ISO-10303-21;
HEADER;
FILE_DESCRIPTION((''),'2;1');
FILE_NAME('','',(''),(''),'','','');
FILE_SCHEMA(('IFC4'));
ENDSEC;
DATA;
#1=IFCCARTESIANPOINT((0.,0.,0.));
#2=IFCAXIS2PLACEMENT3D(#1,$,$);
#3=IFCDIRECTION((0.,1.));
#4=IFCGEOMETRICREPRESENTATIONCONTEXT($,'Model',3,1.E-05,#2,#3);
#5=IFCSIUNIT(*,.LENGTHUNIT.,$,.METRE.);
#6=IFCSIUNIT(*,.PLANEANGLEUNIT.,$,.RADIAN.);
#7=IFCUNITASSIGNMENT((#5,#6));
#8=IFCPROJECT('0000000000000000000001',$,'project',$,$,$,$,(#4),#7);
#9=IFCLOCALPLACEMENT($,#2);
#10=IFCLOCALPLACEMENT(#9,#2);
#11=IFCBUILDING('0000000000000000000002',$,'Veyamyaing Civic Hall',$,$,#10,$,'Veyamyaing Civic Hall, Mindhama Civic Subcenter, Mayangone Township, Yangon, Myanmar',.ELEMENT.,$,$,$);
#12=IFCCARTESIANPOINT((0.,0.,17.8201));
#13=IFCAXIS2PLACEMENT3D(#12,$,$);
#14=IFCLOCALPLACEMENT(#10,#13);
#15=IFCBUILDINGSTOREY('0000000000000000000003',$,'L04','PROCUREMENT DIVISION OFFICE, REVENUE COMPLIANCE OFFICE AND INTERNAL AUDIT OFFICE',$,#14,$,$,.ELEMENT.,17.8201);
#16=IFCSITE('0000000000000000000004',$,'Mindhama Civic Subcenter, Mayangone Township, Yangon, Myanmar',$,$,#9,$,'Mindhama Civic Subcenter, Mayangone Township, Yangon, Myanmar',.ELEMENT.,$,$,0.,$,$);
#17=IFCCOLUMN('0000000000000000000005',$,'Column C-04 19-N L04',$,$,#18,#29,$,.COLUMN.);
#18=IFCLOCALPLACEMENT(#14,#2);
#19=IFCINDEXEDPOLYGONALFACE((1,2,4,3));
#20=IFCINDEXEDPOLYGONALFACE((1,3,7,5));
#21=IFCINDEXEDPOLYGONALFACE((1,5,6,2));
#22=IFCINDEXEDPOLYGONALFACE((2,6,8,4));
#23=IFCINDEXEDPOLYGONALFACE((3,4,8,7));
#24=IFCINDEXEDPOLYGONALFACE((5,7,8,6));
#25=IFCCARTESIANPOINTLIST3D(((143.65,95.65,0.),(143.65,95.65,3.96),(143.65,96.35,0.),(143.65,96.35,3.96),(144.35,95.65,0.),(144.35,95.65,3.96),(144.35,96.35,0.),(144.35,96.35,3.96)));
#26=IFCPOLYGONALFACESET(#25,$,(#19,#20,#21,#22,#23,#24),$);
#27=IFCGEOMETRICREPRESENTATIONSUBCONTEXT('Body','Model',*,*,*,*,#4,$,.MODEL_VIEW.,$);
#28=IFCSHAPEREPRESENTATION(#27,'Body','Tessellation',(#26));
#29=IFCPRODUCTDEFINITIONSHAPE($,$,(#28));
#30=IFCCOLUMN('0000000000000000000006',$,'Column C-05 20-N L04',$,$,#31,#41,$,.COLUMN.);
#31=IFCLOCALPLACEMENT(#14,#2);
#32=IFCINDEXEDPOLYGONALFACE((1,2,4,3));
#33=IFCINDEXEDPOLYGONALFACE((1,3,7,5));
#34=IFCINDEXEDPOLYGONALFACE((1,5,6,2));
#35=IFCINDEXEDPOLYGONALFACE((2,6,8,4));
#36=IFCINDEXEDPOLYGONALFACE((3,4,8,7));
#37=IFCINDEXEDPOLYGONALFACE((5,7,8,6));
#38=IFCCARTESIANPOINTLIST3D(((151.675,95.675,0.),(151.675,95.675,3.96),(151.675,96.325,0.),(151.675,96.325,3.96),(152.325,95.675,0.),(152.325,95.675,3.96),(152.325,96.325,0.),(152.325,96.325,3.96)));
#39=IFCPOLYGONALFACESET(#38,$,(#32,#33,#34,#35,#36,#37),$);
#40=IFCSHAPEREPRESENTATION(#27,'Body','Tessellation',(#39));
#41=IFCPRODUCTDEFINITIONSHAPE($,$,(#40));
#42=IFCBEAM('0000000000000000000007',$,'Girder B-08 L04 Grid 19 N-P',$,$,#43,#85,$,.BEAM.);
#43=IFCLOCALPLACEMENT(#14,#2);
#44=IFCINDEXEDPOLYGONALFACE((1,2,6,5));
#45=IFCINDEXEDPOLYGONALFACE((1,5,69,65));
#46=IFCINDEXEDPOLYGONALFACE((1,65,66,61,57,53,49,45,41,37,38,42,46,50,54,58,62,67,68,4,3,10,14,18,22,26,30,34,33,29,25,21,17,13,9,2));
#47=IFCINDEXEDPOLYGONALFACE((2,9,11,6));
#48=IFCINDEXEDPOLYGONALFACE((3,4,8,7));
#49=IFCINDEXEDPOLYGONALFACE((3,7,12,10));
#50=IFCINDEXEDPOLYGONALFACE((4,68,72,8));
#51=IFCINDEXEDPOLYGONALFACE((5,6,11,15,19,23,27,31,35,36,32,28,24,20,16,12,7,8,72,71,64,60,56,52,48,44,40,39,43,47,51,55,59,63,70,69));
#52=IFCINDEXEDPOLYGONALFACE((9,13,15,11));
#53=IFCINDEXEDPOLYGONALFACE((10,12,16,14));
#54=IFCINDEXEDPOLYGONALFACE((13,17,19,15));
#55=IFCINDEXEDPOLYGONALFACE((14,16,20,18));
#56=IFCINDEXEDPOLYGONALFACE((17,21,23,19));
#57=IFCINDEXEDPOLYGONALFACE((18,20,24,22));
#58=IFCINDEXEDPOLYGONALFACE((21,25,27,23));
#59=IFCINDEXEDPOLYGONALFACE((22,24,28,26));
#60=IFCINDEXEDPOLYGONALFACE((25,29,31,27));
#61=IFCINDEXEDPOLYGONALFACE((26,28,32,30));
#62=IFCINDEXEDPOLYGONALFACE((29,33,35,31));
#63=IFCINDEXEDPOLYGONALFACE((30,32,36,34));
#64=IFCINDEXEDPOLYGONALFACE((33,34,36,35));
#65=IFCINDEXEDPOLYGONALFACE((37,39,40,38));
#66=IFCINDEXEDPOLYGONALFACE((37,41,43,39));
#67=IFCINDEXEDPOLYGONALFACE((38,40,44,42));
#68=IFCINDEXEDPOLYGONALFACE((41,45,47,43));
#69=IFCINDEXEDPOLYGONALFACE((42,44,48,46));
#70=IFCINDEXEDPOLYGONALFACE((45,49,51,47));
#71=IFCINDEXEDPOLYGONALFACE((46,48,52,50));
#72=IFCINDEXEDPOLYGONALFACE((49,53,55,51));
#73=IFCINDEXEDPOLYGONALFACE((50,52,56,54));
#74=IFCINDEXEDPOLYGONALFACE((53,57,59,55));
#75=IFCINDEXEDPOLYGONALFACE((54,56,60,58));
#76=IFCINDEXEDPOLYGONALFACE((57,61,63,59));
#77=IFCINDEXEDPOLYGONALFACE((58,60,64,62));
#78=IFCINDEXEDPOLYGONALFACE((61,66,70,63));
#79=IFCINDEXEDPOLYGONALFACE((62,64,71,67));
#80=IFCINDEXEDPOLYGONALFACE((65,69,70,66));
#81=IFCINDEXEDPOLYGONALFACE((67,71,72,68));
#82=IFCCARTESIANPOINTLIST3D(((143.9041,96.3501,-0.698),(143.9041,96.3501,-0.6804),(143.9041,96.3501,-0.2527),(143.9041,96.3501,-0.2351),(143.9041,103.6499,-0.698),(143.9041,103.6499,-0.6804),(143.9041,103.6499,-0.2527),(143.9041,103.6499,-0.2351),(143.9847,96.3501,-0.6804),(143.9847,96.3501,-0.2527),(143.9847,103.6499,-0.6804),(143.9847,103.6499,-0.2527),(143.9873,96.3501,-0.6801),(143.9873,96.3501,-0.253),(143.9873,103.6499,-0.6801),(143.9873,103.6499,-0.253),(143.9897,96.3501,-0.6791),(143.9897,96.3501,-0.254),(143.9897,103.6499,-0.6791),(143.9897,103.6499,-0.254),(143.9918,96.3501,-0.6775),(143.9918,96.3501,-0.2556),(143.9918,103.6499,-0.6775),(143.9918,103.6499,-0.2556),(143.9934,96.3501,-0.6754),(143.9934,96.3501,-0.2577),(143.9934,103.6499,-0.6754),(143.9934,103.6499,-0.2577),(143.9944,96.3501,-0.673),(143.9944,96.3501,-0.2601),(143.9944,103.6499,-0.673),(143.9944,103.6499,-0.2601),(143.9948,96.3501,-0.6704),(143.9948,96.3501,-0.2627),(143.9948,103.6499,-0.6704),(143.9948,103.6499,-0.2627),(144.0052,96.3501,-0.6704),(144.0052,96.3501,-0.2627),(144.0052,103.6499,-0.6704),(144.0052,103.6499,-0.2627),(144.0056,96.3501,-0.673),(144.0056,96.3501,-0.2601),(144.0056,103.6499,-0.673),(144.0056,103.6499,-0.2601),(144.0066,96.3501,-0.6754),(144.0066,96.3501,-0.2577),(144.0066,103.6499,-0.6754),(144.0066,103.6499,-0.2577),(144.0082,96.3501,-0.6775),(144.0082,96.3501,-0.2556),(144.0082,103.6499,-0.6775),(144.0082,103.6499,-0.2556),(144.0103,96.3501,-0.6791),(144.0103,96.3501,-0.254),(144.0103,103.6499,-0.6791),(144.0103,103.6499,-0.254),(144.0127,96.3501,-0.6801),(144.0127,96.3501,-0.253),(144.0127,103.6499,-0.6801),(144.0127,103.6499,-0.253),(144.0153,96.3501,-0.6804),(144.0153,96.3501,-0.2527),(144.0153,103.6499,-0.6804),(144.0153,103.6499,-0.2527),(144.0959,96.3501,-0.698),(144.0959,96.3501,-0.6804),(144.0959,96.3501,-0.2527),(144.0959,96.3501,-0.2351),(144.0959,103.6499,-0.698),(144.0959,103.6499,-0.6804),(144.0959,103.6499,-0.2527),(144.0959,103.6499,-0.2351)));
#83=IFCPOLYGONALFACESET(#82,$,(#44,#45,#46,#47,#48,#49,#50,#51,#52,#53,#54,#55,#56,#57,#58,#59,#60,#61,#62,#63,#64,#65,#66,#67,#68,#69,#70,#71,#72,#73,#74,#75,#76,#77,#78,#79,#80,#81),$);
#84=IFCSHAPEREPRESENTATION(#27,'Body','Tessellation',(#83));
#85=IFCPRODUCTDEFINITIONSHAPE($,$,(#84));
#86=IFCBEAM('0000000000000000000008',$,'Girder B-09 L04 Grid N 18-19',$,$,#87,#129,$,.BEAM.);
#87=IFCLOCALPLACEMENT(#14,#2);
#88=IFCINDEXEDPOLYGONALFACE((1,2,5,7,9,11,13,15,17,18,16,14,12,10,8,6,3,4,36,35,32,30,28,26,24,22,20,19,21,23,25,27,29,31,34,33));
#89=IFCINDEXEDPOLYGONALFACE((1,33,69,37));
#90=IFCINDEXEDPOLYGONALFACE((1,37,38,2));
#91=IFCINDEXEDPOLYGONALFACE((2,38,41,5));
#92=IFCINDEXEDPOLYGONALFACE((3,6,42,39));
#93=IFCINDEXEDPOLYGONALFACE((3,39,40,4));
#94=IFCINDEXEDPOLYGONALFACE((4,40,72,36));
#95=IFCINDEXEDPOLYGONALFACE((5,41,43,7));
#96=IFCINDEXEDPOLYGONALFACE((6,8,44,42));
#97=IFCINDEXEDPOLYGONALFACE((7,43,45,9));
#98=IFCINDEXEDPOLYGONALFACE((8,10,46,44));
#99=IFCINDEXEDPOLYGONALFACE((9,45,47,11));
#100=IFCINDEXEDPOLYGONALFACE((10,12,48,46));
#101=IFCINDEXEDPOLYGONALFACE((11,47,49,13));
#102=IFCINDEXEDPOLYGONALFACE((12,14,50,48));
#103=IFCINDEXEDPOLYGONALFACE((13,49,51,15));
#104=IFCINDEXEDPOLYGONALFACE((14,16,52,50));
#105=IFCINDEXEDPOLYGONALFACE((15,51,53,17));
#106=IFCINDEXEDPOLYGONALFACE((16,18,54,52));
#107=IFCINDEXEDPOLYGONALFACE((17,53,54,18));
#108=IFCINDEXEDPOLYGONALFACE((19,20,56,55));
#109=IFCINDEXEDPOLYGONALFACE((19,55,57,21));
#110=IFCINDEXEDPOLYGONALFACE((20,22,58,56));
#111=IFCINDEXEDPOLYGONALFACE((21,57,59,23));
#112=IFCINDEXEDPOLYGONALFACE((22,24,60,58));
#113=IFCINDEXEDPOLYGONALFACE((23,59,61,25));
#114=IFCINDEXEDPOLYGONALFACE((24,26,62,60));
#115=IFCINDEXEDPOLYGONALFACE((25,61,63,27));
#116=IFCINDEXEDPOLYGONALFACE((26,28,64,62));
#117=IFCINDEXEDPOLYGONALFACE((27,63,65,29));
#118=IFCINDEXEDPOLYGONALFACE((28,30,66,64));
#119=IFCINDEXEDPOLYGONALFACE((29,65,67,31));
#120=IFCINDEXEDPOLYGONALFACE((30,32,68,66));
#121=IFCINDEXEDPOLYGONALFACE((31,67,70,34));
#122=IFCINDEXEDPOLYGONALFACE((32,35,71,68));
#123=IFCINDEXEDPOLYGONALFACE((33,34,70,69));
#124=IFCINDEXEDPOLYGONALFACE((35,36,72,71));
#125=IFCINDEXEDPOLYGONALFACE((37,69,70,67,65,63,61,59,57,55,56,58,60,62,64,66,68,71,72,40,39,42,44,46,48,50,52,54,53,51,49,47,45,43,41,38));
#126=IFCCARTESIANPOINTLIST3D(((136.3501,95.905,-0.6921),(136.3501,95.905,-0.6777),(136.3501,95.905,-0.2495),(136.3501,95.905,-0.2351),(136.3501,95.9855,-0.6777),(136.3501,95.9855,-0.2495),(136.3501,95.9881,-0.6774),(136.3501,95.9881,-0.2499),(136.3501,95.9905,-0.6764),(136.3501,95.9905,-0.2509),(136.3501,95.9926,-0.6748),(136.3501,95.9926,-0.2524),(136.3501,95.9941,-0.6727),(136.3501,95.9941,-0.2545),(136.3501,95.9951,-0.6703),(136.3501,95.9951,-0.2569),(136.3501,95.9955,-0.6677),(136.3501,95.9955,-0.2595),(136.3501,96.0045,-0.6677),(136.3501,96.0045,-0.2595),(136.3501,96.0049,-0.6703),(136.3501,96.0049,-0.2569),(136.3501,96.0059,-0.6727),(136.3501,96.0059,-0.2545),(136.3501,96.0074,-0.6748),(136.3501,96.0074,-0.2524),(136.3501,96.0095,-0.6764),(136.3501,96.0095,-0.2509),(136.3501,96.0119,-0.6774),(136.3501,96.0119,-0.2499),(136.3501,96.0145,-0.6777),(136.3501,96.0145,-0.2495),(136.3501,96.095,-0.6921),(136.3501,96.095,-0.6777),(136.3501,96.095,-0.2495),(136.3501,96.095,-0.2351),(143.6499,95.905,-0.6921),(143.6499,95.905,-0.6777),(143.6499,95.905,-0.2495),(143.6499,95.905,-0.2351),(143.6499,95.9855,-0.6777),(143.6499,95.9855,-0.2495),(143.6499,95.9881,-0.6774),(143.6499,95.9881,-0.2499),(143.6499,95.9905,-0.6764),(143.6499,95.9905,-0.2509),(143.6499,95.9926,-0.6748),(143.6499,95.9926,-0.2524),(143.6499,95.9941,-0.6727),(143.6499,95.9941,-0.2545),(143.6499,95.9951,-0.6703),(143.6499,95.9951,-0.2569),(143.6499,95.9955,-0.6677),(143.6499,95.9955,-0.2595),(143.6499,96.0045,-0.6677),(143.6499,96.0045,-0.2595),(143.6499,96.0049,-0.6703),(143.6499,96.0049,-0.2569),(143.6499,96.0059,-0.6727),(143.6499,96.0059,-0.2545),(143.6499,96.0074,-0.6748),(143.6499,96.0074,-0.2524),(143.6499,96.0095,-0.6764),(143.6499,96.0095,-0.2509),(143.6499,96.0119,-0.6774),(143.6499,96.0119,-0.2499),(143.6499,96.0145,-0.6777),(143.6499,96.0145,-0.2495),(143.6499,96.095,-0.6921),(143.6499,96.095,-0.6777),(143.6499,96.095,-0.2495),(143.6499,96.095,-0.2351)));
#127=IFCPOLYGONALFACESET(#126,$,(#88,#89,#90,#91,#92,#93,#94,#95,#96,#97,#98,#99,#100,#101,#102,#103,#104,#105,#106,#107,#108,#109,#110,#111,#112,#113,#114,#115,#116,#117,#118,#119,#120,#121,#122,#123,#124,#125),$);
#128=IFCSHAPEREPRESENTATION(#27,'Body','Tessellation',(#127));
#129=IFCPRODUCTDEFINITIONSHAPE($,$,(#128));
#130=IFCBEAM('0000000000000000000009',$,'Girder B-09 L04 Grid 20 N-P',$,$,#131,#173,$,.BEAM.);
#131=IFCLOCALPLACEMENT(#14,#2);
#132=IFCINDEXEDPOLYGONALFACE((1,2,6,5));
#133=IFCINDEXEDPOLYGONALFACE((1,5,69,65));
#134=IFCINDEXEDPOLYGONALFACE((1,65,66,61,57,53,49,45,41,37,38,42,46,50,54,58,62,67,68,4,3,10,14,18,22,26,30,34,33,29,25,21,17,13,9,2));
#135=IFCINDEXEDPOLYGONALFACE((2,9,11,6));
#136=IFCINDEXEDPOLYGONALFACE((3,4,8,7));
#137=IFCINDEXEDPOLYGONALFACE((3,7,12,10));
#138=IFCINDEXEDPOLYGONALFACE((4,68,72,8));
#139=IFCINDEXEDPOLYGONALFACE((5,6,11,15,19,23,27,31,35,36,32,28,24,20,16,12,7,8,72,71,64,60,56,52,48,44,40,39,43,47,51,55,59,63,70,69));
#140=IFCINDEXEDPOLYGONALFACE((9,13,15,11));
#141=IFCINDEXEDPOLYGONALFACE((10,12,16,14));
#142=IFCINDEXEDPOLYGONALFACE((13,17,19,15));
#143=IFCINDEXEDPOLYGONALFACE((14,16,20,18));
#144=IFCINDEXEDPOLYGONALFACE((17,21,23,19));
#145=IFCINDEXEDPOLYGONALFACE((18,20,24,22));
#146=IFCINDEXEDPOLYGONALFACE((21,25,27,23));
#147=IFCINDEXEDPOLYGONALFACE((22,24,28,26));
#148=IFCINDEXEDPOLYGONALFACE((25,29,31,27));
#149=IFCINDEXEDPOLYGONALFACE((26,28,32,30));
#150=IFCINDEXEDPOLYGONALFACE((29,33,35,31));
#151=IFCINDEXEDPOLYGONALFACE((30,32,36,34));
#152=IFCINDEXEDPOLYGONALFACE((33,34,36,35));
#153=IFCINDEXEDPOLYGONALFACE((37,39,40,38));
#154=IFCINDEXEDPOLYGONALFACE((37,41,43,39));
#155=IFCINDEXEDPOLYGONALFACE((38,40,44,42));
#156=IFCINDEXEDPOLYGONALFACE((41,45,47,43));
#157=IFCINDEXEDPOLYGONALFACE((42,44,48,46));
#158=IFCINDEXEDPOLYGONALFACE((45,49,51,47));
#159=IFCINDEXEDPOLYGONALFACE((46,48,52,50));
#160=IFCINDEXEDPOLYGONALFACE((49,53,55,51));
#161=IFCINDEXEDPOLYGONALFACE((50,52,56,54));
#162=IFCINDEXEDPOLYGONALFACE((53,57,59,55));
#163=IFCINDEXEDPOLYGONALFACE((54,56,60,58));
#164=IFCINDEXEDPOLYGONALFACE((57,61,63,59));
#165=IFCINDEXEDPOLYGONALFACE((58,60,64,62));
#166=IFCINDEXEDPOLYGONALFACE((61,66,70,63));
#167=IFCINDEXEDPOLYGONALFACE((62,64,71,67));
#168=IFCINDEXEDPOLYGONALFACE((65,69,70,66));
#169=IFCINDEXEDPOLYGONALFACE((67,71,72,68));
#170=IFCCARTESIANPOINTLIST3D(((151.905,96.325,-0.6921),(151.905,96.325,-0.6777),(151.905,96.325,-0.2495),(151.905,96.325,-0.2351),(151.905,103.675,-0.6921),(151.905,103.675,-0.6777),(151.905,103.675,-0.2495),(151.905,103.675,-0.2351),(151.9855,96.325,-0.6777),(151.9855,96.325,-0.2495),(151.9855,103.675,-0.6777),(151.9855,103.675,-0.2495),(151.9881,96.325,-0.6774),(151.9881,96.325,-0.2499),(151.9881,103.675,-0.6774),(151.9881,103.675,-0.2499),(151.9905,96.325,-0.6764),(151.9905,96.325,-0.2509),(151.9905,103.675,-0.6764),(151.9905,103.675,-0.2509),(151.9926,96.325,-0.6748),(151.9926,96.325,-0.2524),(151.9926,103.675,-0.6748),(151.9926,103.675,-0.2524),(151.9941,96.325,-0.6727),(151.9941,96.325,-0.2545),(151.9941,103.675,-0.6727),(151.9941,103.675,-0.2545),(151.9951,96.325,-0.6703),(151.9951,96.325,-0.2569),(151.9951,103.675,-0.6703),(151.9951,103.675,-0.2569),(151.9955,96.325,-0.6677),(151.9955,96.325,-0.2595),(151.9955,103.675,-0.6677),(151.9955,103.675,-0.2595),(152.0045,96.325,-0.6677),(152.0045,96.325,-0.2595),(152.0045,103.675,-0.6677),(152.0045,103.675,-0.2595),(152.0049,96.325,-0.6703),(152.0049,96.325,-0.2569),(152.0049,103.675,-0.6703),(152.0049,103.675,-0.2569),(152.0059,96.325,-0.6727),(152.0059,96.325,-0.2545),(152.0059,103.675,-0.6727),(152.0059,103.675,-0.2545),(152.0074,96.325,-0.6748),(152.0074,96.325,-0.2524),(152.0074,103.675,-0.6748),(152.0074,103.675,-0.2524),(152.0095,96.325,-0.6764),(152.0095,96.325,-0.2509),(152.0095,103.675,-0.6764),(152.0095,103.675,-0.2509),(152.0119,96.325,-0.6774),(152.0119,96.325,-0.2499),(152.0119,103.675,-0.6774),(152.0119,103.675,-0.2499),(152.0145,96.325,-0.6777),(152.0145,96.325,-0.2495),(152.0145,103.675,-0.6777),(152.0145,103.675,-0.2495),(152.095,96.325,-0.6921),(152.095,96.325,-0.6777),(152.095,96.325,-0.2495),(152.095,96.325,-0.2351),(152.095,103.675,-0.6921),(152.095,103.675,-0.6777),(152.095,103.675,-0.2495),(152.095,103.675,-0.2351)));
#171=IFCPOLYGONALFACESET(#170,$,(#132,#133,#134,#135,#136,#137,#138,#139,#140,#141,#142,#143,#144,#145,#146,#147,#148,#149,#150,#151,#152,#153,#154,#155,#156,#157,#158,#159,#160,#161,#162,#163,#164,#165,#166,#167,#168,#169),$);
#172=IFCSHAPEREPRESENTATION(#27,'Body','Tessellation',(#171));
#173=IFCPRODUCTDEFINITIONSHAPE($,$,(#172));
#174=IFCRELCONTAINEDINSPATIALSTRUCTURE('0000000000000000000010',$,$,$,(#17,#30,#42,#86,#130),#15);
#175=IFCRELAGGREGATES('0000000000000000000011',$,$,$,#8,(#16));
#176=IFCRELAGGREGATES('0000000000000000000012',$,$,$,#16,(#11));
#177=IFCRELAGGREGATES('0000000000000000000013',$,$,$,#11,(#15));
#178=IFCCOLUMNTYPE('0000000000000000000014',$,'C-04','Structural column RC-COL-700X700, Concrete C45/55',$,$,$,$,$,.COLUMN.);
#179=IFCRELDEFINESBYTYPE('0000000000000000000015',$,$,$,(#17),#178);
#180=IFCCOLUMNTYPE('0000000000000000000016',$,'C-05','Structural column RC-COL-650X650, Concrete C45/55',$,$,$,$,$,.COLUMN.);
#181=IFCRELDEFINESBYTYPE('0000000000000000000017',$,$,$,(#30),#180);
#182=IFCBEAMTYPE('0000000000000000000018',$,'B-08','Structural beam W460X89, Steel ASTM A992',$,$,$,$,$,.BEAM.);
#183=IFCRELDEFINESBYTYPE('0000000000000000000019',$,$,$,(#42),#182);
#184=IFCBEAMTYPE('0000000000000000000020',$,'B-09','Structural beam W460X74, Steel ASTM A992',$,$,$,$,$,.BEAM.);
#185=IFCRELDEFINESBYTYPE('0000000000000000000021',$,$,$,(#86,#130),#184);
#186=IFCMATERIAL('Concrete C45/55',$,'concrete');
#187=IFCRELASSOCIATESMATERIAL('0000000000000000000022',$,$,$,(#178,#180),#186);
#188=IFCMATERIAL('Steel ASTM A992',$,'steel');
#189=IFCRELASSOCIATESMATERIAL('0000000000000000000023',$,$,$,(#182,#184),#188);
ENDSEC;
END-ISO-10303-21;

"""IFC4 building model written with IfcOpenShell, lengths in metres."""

from ifc_helpers import new_model, si_unit, direction, frame, origin, origin_2d, place, context, subcontext, project, spatial, rectangle, i_section, extrude, material, material_profile, profile_set, type_object, element, save


model = new_model("IFC4")

# Units and contexts
model_context = context("Model", 3, precision=1e-05, world=origin(), true_north=direction((0.0, 1.0)))
body_context = subcontext(model_context, "Body", "Model", "MODEL_VIEW")
ifc_project = project(units=[si_unit("LENGTHUNIT", "METRE"), si_unit("PLANEANGLEUNIT", "RADIAN")], contexts=[model_context])

# Site, building, storey
site_placement = place(None, origin())
site = spatial("IfcSite", under=ifc_project, at=site_placement, Name="Mindhama Civic Subcenter, Mayangone Township, Yangon, Myanmar", LongName="Mindhama Civic Subcenter, Mayangone Township, Yangon, Myanmar", CompositionType="ELEMENT", RefElevation=0.0)
building_placement = place(site_placement, origin())
building = spatial("IfcBuilding", under=site, at=building_placement, Name="Veyamyaing Civic Hall", LongName="Veyamyaing Civic Hall, Mindhama Civic Subcenter, Mayangone Township, Yangon, Myanmar", CompositionType="ELEMENT")
storey_placement = place(building_placement, frame((0.0, 0.0, 17.8201)))
storey = spatial("IfcBuildingStorey", under=building, at=storey_placement, Name="L04", Description="PROCUREMENT DIVISION OFFICE, REVENUE COMPLIANCE OFFICE AND INTERNAL AUDIT OFFICE", CompositionType="ELEMENT", Elevation=17.8201)

# Columns
ifc_material_1 = material(Name="Concrete C45/55", Category="concrete")
ifc_material_profile_1 = material_profile(ifc_material_1, rectangle(XDim=0.7, YDim=0.7, at=origin_2d()), Name="RC-COL-700X700")
ifc_profile_set_1 = profile_set([ifc_material_profile_1], Name="Concrete C45/55")
column_type_1 = type_object("IfcColumnType", Name="C-04", Description="Structural column RC-COL-700X700, Concrete C45/55", PredefinedType="COLUMN", material=ifc_profile_set_1)
column_1_placement = place(storey_placement, frame((144.0, 96.0, 0.0), z_axis=(0.0, 0.0, 1.0), x_axis=(1.0, 0.0, 0.0)))
element("IfcColumn", 1, at=column_1_placement, inside=storey, type_object=column_type_1, Name="Column C-04 19-N L04", PredefinedType="COLUMN", context=body_context, shape_type="SweptSolid", body=[
    extrude(rectangle(XDim=0.7, YDim=0.7, at=origin_2d()), origin(), (0.0, 0.0, 1.0), 3.96),
])
ifc_material_profile_2 = material_profile(ifc_material_1, rectangle(XDim=0.6499, YDim=0.6499, at=origin_2d()), Name="RC-COL-650X650")
ifc_profile_set_2 = profile_set([ifc_material_profile_2], Name="Concrete C45/55")
column_type_2 = type_object("IfcColumnType", Name="C-05", Description="Structural column RC-COL-650X650, Concrete C45/55", PredefinedType="COLUMN", material=ifc_profile_set_2)
column_2_placement = place(storey_placement, frame((152.0, 96.0, 0.0), z_axis=(0.0, 0.0, 1.0), x_axis=(1.0, 0.0, 0.0)))
element("IfcColumn", 2, at=column_2_placement, inside=storey, type_object=column_type_2, Name="Column C-05 20-N L04", PredefinedType="COLUMN", context=body_context, shape_type="SweptSolid", body=[
    extrude(rectangle(XDim=0.6499, YDim=0.6499, at=origin_2d()), origin(), (0.0, 0.0, 1.0), 3.96),
])

# Beams
ifc_material_2 = material(Name="Steel ASTM A992", Category="steel")
ifc_material_profile_3 = material_profile(ifc_material_2, i_section(OverallWidth=0.1919, OverallDepth=0.4629, WebThickness=0.0105, FlangeThickness=0.0176, FilletRadius=0.01, at=origin_2d()), Name="W460X89")
ifc_profile_set_3 = profile_set([ifc_material_profile_3], Name="Steel ASTM A992")
beam_type_1 = type_object("IfcBeamType", Name="B-08", Description="Structural beam W460X89, Steel ASTM A992", PredefinedType="BEAM", material=ifc_profile_set_3)
beam_1_placement = place(storey_placement, frame((144.0, 96.3501, -0.4666), z_axis=(0.0, 1.0, 0.0), x_axis=(-1.0, 0.0, 0.0)))
element("IfcBeam", 3, at=beam_1_placement, inside=storey, type_object=beam_type_1, Name="Girder B-08 L04 Grid 19 N-P", PredefinedType="BEAM", context=body_context, shape_type="SweptSolid", body=[
    extrude(i_section(OverallWidth=0.1919, OverallDepth=0.4629, WebThickness=0.0105, FlangeThickness=0.0176, FilletRadius=0.01, at=origin_2d()), origin(), (0.0, 0.0, 1.0), 7.2998),
])
ifc_material_profile_4 = material_profile(ifc_material_2, i_section(OverallWidth=0.1899, OverallDepth=0.457, WebThickness=0.009, FlangeThickness=0.0144, FilletRadius=0.01, at=origin_2d()), Name="W460X74")
ifc_profile_set_4 = profile_set([ifc_material_profile_4], Name="Steel ASTM A992")
beam_type_2 = type_object("IfcBeamType", Name="B-09", Description="Structural beam W460X74, Steel ASTM A992", PredefinedType="BEAM", material=ifc_profile_set_4)
beam_2_placement = place(storey_placement, frame((136.3501, 96.0, -0.4636), z_axis=(1.0, 0.0, 0.0), x_axis=(0.0, 1.0, 0.0)))
element("IfcBeam", 4, at=beam_2_placement, inside=storey, type_object=beam_type_2, Name="Girder B-09 L04 Grid N 18-19", PredefinedType="BEAM", context=body_context, shape_type="SweptSolid", body=[
    extrude(i_section(OverallWidth=0.1899, OverallDepth=0.457, WebThickness=0.009, FlangeThickness=0.0144, FilletRadius=0.01, at=origin_2d()), origin(), (0.0, 0.0, 1.0), 7.2998),
])
beam_3_placement = place(storey_placement, frame((152.0, 96.325, -0.4636), z_axis=(0.0, 1.0, 0.0), x_axis=(-1.0, 0.0, 0.0)))
element("IfcBeam", 5, at=beam_3_placement, inside=storey, type_object=beam_type_2, Name="Girder B-09 L04 Grid 20 N-P", PredefinedType="BEAM", context=body_context, shape_type="SweptSolid", body=[
    extrude(i_section(OverallWidth=0.1899, OverallDepth=0.457, WebThickness=0.009, FlangeThickness=0.0144, FilletRadius=0.01, at=origin_2d()), origin(), (0.0, 0.0, 1.0), 7.3501),
])

save(model, "model.ifc")
